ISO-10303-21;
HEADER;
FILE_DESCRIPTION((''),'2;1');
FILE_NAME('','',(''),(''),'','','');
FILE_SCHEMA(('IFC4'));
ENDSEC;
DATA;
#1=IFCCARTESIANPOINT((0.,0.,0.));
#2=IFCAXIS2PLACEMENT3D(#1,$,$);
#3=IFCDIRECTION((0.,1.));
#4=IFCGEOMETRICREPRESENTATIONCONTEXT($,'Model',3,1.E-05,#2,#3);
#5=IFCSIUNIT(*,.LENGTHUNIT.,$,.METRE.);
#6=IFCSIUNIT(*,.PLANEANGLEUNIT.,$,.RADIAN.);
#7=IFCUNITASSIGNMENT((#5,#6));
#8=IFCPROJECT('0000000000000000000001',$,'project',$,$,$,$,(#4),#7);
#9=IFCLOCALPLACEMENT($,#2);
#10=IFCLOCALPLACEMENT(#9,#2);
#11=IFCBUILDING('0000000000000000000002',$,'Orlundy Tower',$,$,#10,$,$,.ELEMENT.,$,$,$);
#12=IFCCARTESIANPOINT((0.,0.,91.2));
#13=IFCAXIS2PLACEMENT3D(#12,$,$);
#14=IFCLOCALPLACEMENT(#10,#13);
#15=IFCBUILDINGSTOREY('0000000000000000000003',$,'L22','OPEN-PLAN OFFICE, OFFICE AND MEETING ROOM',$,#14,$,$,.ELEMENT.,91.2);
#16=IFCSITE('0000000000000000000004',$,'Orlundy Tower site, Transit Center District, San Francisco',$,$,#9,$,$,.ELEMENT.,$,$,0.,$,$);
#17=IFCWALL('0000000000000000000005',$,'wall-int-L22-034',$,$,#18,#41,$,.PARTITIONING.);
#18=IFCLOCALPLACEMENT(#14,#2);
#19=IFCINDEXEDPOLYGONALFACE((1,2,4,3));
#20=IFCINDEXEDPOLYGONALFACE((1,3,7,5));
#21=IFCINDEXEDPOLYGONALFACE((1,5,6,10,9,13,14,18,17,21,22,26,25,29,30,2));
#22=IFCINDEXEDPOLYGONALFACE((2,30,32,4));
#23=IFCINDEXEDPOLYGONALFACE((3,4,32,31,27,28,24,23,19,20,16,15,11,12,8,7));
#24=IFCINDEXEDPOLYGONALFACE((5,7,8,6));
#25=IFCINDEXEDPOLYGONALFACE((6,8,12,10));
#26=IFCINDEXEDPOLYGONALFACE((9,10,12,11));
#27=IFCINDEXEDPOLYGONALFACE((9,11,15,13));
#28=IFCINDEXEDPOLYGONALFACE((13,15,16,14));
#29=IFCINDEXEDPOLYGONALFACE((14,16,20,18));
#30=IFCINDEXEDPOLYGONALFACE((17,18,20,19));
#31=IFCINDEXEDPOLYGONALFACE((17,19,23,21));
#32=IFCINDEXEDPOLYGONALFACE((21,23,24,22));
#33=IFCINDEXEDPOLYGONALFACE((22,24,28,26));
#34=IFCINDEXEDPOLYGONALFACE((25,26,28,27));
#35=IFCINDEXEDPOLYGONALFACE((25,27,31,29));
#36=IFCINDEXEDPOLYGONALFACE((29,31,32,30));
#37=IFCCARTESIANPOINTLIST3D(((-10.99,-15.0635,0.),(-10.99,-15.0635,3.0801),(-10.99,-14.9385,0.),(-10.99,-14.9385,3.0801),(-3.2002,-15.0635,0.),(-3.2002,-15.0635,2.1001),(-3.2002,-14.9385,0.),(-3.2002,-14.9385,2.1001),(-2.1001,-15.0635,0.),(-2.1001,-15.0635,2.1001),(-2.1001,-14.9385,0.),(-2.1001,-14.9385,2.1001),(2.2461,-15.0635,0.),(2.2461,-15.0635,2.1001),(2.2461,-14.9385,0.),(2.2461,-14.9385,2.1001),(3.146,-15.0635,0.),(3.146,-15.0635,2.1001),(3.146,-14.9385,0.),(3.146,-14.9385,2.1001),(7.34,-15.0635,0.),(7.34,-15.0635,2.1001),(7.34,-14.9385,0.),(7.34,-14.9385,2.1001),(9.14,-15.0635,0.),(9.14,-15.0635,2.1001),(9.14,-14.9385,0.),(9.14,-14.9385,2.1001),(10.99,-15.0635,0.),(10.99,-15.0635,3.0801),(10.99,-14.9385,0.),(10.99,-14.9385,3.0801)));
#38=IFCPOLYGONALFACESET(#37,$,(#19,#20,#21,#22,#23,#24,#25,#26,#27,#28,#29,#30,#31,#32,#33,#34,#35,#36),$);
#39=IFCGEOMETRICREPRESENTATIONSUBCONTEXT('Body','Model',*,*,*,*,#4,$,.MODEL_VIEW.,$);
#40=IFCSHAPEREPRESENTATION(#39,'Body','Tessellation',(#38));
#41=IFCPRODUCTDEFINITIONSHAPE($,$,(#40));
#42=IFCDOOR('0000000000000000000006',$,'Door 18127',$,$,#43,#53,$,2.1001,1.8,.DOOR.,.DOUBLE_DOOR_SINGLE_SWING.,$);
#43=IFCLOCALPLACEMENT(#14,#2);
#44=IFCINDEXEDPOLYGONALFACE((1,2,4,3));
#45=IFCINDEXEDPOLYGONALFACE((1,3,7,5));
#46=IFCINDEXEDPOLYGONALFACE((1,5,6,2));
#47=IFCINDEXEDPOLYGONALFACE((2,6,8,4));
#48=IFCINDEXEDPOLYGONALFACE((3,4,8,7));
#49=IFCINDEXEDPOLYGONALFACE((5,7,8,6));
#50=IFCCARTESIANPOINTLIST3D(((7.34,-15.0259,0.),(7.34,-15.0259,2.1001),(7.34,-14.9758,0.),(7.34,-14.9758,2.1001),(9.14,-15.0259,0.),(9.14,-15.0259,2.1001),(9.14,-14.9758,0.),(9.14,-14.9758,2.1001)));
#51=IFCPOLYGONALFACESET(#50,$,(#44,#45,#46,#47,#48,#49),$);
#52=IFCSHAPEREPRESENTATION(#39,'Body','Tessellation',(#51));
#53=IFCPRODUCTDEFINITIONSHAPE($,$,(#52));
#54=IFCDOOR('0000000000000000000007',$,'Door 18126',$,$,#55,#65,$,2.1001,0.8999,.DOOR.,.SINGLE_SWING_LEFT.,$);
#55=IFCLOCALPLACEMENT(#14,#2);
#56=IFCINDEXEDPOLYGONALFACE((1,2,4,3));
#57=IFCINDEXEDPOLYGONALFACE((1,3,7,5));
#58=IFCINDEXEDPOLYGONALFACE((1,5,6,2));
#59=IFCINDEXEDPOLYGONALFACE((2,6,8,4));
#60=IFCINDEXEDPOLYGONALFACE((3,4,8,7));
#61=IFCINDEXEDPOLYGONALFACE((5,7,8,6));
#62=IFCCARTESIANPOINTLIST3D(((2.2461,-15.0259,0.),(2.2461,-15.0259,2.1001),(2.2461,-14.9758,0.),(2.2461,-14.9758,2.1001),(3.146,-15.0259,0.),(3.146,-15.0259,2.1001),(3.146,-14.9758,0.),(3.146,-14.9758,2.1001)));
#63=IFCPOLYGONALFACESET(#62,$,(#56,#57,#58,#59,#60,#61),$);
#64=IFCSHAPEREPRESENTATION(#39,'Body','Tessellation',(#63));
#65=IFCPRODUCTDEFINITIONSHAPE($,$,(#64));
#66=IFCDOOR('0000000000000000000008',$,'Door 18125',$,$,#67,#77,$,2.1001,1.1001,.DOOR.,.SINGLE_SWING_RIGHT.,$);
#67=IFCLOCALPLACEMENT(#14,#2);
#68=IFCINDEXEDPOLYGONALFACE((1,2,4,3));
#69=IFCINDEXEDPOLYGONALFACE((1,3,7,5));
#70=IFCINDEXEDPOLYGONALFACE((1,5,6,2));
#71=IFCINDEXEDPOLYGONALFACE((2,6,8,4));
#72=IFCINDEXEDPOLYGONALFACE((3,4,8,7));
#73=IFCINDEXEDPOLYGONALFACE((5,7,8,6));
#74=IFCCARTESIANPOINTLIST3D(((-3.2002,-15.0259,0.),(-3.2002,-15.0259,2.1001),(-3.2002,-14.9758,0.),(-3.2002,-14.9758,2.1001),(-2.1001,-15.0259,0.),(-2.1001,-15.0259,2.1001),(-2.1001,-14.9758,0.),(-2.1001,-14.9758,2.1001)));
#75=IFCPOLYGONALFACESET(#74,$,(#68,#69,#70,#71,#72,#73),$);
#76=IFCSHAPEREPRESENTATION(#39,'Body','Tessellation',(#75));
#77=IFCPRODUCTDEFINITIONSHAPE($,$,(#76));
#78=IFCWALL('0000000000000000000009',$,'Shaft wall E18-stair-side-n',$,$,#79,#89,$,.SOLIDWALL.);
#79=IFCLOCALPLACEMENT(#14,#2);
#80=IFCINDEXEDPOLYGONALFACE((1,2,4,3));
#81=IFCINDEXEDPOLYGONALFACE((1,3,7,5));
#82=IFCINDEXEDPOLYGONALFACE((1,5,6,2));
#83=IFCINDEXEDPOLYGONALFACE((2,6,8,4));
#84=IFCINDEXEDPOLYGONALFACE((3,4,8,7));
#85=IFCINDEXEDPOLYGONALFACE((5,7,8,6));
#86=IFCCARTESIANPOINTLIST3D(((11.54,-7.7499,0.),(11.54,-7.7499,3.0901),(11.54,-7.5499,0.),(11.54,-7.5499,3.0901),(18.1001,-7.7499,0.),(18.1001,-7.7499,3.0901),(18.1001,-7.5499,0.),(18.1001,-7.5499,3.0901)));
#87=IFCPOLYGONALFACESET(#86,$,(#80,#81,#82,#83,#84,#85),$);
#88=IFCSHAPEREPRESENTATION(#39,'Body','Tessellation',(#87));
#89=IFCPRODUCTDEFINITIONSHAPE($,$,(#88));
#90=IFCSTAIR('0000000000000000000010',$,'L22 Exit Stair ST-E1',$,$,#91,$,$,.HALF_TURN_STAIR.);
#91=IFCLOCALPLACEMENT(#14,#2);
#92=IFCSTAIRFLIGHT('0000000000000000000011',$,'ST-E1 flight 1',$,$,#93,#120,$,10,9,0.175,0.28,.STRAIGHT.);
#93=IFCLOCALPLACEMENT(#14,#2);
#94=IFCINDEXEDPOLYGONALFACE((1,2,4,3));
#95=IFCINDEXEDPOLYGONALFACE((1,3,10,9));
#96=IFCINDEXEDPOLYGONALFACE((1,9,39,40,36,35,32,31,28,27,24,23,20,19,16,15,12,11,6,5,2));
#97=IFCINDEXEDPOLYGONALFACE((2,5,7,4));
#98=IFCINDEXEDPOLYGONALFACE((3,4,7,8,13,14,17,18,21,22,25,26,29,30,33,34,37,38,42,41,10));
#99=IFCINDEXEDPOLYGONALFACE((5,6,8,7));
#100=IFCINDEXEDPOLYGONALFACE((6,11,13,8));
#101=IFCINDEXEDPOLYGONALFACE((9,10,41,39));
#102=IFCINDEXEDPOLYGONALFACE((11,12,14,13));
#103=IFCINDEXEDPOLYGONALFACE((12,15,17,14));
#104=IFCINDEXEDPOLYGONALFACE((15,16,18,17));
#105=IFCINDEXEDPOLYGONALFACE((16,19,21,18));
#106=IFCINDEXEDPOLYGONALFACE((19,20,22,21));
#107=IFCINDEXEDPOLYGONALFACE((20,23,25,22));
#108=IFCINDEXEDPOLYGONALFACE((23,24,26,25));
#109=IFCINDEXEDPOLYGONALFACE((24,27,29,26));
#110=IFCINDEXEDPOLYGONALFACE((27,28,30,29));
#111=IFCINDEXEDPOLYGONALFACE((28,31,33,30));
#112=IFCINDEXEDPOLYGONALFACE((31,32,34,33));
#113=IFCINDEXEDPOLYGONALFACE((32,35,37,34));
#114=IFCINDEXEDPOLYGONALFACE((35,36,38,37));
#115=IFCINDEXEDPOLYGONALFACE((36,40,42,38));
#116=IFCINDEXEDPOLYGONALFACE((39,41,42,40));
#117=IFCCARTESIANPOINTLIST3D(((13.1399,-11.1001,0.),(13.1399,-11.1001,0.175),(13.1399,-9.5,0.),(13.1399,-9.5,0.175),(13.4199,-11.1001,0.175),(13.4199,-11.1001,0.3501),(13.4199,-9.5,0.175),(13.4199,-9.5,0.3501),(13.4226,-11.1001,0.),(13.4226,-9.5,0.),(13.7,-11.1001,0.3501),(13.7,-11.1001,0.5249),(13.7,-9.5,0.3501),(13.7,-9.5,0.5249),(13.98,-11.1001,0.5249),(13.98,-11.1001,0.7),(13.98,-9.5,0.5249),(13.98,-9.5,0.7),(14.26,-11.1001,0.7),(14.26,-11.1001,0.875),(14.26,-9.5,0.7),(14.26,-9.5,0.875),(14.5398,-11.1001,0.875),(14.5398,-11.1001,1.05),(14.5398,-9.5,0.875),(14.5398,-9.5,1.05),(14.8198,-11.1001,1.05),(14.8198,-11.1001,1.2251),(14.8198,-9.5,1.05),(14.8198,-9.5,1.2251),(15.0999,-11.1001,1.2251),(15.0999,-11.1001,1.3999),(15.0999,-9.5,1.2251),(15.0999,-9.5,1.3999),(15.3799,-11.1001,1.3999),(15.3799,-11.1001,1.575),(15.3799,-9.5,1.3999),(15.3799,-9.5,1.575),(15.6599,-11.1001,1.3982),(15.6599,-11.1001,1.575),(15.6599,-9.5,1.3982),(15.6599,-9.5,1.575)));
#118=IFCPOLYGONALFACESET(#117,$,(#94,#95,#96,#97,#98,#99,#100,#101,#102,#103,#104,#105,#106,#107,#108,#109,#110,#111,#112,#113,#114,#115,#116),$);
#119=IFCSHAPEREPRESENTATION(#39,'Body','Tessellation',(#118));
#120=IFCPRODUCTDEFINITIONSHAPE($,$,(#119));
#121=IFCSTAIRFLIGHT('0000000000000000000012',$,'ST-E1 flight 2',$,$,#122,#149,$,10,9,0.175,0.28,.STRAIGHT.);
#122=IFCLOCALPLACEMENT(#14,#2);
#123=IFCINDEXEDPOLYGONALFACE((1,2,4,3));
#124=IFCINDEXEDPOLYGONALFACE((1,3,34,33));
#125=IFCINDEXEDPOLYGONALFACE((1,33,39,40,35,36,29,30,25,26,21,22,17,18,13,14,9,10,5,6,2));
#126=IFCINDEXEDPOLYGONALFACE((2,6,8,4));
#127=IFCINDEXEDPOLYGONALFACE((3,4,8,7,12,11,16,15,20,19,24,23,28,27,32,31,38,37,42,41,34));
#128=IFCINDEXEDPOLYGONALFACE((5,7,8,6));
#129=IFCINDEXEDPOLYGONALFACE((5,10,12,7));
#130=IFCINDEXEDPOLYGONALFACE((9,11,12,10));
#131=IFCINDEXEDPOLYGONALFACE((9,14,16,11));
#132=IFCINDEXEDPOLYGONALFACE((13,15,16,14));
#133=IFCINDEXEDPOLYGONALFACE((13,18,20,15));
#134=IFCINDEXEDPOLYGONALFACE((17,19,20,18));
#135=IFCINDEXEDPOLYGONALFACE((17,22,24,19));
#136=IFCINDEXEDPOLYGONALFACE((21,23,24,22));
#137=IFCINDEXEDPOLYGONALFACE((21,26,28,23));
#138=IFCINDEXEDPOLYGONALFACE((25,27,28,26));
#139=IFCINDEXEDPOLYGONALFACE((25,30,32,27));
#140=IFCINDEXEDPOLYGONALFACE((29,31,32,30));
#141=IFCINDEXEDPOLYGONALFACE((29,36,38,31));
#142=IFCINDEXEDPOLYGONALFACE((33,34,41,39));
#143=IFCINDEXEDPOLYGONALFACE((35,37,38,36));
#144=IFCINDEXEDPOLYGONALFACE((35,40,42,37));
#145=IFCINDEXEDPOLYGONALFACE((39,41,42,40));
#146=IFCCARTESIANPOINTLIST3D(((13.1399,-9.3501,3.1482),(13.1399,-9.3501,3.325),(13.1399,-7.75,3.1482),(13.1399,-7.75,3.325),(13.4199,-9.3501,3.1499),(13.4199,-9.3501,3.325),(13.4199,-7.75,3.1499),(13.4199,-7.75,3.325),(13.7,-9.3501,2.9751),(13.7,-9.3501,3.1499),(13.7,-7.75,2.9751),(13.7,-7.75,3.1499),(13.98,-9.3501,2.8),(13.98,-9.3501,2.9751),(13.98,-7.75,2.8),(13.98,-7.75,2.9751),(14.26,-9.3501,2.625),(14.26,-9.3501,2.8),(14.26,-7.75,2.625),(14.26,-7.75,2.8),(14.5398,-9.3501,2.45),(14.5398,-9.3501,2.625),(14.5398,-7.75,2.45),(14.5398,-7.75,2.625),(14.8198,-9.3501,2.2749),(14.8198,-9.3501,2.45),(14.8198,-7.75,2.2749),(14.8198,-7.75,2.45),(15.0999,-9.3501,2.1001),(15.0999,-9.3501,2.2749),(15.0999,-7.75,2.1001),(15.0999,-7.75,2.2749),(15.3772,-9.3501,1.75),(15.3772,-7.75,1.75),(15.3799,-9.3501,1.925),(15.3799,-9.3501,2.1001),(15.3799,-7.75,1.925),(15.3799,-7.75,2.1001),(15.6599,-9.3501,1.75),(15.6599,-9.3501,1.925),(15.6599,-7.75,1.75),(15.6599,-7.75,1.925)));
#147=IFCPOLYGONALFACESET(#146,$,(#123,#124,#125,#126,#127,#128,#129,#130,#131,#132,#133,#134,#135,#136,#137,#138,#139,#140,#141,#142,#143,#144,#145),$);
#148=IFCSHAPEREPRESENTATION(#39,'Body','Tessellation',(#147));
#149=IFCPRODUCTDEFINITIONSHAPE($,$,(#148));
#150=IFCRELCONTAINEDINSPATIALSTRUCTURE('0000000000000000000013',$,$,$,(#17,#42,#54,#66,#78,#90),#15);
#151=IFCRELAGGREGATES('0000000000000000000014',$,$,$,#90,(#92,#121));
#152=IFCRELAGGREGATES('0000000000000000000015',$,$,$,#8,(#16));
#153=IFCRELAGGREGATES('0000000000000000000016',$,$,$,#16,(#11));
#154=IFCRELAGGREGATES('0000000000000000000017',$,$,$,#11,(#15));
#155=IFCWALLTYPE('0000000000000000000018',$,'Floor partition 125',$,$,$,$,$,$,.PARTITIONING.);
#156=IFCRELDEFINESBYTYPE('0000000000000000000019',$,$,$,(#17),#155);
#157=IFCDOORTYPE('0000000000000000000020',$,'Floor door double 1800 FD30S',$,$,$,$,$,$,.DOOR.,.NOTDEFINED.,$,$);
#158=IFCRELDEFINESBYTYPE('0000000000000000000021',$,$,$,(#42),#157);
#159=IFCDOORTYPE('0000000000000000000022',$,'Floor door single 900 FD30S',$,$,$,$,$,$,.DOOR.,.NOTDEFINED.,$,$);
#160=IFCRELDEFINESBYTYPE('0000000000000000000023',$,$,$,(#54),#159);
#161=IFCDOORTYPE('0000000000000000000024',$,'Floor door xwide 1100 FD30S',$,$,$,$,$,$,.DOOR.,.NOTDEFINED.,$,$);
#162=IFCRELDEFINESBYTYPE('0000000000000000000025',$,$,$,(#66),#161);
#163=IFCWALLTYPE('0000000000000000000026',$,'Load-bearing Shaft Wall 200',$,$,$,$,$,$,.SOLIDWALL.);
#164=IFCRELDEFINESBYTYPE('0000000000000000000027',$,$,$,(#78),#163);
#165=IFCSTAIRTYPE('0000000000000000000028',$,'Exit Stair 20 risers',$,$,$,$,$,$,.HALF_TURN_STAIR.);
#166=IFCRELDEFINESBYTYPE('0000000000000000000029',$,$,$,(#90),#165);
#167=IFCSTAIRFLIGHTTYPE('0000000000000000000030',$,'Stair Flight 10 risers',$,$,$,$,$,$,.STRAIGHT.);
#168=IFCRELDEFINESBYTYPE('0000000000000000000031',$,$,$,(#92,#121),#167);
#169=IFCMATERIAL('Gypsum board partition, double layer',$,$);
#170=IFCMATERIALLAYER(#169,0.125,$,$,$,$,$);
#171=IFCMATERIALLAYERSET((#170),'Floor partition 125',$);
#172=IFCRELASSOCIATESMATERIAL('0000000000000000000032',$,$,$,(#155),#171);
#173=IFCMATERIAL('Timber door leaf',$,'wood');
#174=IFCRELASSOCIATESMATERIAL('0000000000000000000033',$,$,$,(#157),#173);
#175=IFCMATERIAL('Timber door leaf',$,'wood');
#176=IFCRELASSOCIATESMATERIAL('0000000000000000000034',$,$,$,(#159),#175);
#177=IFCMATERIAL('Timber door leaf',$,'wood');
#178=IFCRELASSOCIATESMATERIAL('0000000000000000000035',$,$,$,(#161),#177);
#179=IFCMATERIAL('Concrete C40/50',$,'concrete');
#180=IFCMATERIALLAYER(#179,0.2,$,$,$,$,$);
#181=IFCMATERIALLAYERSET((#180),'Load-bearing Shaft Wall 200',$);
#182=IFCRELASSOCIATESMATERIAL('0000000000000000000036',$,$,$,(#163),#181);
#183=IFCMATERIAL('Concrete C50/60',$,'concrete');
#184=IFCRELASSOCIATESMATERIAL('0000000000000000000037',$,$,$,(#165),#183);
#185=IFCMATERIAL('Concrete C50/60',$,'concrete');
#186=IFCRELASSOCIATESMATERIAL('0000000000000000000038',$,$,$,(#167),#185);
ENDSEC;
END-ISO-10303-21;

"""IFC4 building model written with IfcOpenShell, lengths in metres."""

from ifc_helpers import new_model, si_unit, direction, frame, frame_2d, origin, place, context, subcontext, project, spatial, polyline, rectangle, outline, extrude, material, layer, layer_set, type_object, element, fill, aggregate, save


model = new_model("IFC4")

# Units and contexts
model_context = context("Model", 3, precision=1e-05, world=origin(), true_north=direction((0.0, 1.0)))
body_context = subcontext(model_context, "Body", "Model", "MODEL_VIEW")
ifc_project = project(units=[si_unit("LENGTHUNIT", "METRE"), si_unit("PLANEANGLEUNIT", "RADIAN")], contexts=[model_context])

# Site, building, storey
site_placement = place(None, origin())
site = spatial("IfcSite", under=ifc_project, at=site_placement, Name="Orlundy Tower site, Transit Center District, San Francisco", CompositionType="ELEMENT", RefElevation=0.0)
building_placement = place(site_placement, origin())
building = spatial("IfcBuilding", under=site, at=building_placement, Name="Orlundy Tower", CompositionType="ELEMENT")
storey_placement = place(building_placement, frame((0.0, 0.0, 91.2)))
storey = spatial("IfcBuildingStorey", under=building, at=storey_placement, Name="L22", Description="OPEN-PLAN OFFICE, OFFICE AND MEETING ROOM", CompositionType="ELEMENT", Elevation=91.2)

# Wall, openings, doors
ifc_material_1 = material(Name="Gypsum board partition, double layer")
ifc_layer_1 = layer(ifc_material_1, 0.125)
ifc_layer_set_1 = layer_set([ifc_layer_1], Name="Floor partition 125")
wall_type_1 = type_object("IfcWallType", Name="Floor partition 125", PredefinedType="PARTITIONING", material=ifc_layer_set_1)
wall_1_placement = place(storey_placement, frame((10.99, -15.001, 0.0), z_axis=(0.0, 0.0, 1.0), x_axis=(-1.0, 0.0, 0.0)))
wall_1 = element("IfcWall", 1, at=wall_1_placement, inside=storey, type_object=wall_type_1, Name="wall-int-L22-034", PredefinedType="PARTITIONING", context=body_context, shape_type="SweptSolid", body=[
    extrude(rectangle(XDim=21.98, YDim=0.125, at=frame_2d((10.99, 0.0))), origin(), (0.0, 0.0, 1.0), 3.0801),
])
opening_1_placement = place(wall_1_placement, frame((13.0901, 0.0, 0.0)))
opening_1 = element("IfcOpeningElement", 2, at=opening_1_placement, cuts=wall_1, PredefinedType="OPENING", context=body_context, shape_type="SweptSolid", body=[
    extrude(rectangle(XDim=1.1001, YDim=2.1001, at=frame_2d((0.55, 1.05))), frame((0.0, 0.0725, 0.0), z_axis=(0.0, -1.0, 0.0), x_axis=(1.0, 0.0, 0.0)), (0.0, 0.0, 1.0), 0.145),
])
opening_2_placement = place(wall_1_placement, frame((7.844, 0.0, 0.0)))
opening_2 = element("IfcOpeningElement", 3, at=opening_2_placement, cuts=wall_1, PredefinedType="OPENING", context=body_context, shape_type="SweptSolid", body=[
    extrude(rectangle(XDim=0.8999, YDim=2.1001, at=frame_2d((0.45, 1.05))), frame((0.0, 0.0725, 0.0), z_axis=(0.0, -1.0, 0.0), x_axis=(1.0, 0.0, 0.0)), (0.0, 0.0, 1.0), 0.145),
])
opening_3_placement = place(wall_1_placement, frame((1.8501, 0.0, 0.0)))
opening_3 = element("IfcOpeningElement", 4, at=opening_3_placement, cuts=wall_1, PredefinedType="OPENING", context=body_context, shape_type="SweptSolid", body=[
    extrude(rectangle(XDim=1.8, YDim=2.1001, at=frame_2d((0.8999, 1.05))), frame((0.0, 0.0725, 0.0), z_axis=(0.0, -1.0, 0.0), x_axis=(1.0, 0.0, 0.0)), (0.0, 0.0, 1.0), 0.145),
])
ifc_material_2 = material(Name="Timber door leaf", Category="wood")
door_type_1 = type_object("IfcDoorType", Name="Floor door double 1800 FD30S", OperationType="NOTDEFINED", PredefinedType="DOOR", material=ifc_material_2)
door_1_placement = place(opening_3_placement, origin())
door_1 = element("IfcDoor", 5, at=door_1_placement, inside=storey, type_object=door_type_1, Name="Door 18127", OperationType="DOUBLE_DOOR_SINGLE_SWING", OverallHeight=2.1001, OverallWidth=1.8, PredefinedType="DOOR", context=body_context, shape_type="SweptSolid", body=[
    extrude(rectangle(XDim=1.8, YDim=2.1001, at=frame_2d((0.8999, 1.05))), frame((0.0, 0.0249, 0.0), z_axis=(0.0, -1.0, 0.0), x_axis=(1.0, 0.0, 0.0)), (0.0, 0.0, 1.0), 0.05),
])
fill(opening_3, door_1)
ifc_material_3 = material(Name="Timber door leaf", Category="wood")
door_type_2 = type_object("IfcDoorType", Name="Floor door single 900 FD30S", OperationType="NOTDEFINED", PredefinedType="DOOR", material=ifc_material_3)
door_2_placement = place(opening_2_placement, origin())
door_2 = element("IfcDoor", 6, at=door_2_placement, inside=storey, type_object=door_type_2, Name="Door 18126", OperationType="SINGLE_SWING_LEFT", OverallHeight=2.1001, OverallWidth=0.8999, PredefinedType="DOOR", context=body_context, shape_type="SweptSolid", body=[
    extrude(rectangle(XDim=0.8999, YDim=2.1001, at=frame_2d((0.45, 1.05))), frame((0.0, 0.0249, 0.0), z_axis=(0.0, -1.0, 0.0), x_axis=(1.0, 0.0, 0.0)), (0.0, 0.0, 1.0), 0.05),
])
fill(opening_2, door_2)
ifc_material_4 = material(Name="Timber door leaf", Category="wood")
door_type_3 = type_object("IfcDoorType", Name="Floor door xwide 1100 FD30S", OperationType="NOTDEFINED", PredefinedType="DOOR", material=ifc_material_4)
door_3_placement = place(opening_1_placement, origin())
door_3 = element("IfcDoor", 7, at=door_3_placement, inside=storey, type_object=door_type_3, Name="Door 18125", OperationType="SINGLE_SWING_RIGHT", OverallHeight=2.1001, OverallWidth=1.1001, PredefinedType="DOOR", context=body_context, shape_type="SweptSolid", body=[
    extrude(rectangle(XDim=1.1001, YDim=2.1001, at=frame_2d((0.55, 1.05))), frame((0.0, 0.0249, 0.0), z_axis=(0.0, -1.0, 0.0), x_axis=(1.0, 0.0, 0.0)), (0.0, 0.0, 1.0), 0.05),
])
fill(opening_1, door_3)

# Wall
ifc_material_5 = material(Name="Concrete C40/50", Category="concrete")
ifc_layer_2 = layer(ifc_material_5, 0.2)
ifc_layer_set_2 = layer_set([ifc_layer_2], Name="Load-bearing Shaft Wall 200")
wall_type_2 = type_object("IfcWallType", Name="Load-bearing Shaft Wall 200", PredefinedType="SOLIDWALL", material=ifc_layer_set_2)
wall_2_placement = place(storey_placement, frame((11.54, -7.6499, 0.0), z_axis=(0.0, 0.0, 1.0), x_axis=(1.0, 0.0, 0.0)))
element("IfcWall", 8, at=wall_2_placement, inside=storey, type_object=wall_type_2, Name="Shaft wall E18-stair-side-n", PredefinedType="SOLIDWALL", context=body_context, shape_type="SweptSolid", body=[
    extrude(rectangle(XDim=6.5601, YDim=0.2, at=frame_2d((3.28, 0.0))), origin(), (0.0, 0.0, 1.0), 3.0901),
])

# Stair, stair flights
ifc_material_6 = material(Name="Concrete C50/60", Category="concrete")
stair_type = type_object("IfcStairType", Name="Exit Stair 20 risers", PredefinedType="HALF_TURN_STAIR", material=ifc_material_6)
stair_placement = place(storey_placement, origin())
stair = element("IfcStair", 9, at=stair_placement, inside=storey, type_object=stair_type, Name="L22 Exit Stair ST-E1", PredefinedType="HALF_TURN_STAIR")
ifc_material_7 = material(Name="Concrete C50/60", Category="concrete")
stair_flight_type = type_object("IfcStairFlightType", Name="Stair Flight 10 risers", PredefinedType="STRAIGHT", material=ifc_material_7)
stair_flight_1_placement = place(storey_placement, frame((13.1399, -10.3, 0.0), z_axis=(0.0, 0.0, 1.0), x_axis=(1.0, 0.0, 0.0)))
stair_flight_1 = element("IfcStairFlight", 10, at=stair_flight_1_placement, type_object=stair_flight_type, Name="ST-E1 flight 1", NumberOfRisers=10, NumberOfTreads=9, PredefinedType="STRAIGHT", RiserHeight=0.175, TreadLength=0.28, context=body_context, shape_type="SweptSolid", body=[
    extrude(outline(polyline([(0.0, 0.0), (0.0, 0.175), (0.28, 0.175), (0.28, 0.3501), (0.5601, 0.3501), (0.5601, 0.5249), (0.8401, 0.5249), (0.8401, 0.7), (1.1201, 0.7), (1.1201, 0.875), (1.3999, 0.875), (1.3999, 1.05), (1.6799, 1.05), (1.6799, 1.2251), (1.96, 1.2251), (1.96, 1.3999), (2.24, 1.3999), (2.24, 1.575), (2.52, 1.575), (2.52, 1.75), (2.52, 1.3982), (0.2827, 0.0), (0.0, 0.0)])), frame((0.0, 0.8, 0.0), z_axis=(0.0, -1.0, 0.0), x_axis=(1.0, 0.0, 0.0)), (0.0, 0.0, 1.0), 1.6001),
])
stair_flight_2_placement = place(storey_placement, frame((15.6599, -8.55, 1.75), z_axis=(0.0, 0.0, 1.0), x_axis=(-1.0, 0.0, 0.0)))
stair_flight_2 = element("IfcStairFlight", 11, at=stair_flight_2_placement, type_object=stair_flight_type, Name="ST-E1 flight 2", NumberOfRisers=10, NumberOfTreads=9, PredefinedType="STRAIGHT", RiserHeight=0.175, TreadLength=0.28, context=body_context, shape_type="SweptSolid", body=[
    extrude(outline(polyline([(0.0, 0.0), (0.0, 0.175), (0.28, 0.175), (0.28, 0.3501), (0.5601, 0.3501), (0.5601, 0.5249), (0.8401, 0.5249), (0.8401, 0.7), (1.1201, 0.7), (1.1201, 0.875), (1.3999, 0.875), (1.3999, 1.05), (1.6799, 1.05), (1.6799, 1.2251), (1.96, 1.2251), (1.96, 1.3999), (2.24, 1.3999), (2.24, 1.575), (2.52, 1.575), (2.52, 1.75), (2.52, 1.3982), (0.2827, 0.0), (0.0, 0.0)])), frame((0.0, 0.8, 0.0), z_axis=(0.0, -1.0, 0.0), x_axis=(1.0, 0.0, 0.0)), (0.0, 0.0, 1.0), 1.6001),
])
aggregate(stair, [stair_flight_1, stair_flight_2])

save(model, "model.ifc")
